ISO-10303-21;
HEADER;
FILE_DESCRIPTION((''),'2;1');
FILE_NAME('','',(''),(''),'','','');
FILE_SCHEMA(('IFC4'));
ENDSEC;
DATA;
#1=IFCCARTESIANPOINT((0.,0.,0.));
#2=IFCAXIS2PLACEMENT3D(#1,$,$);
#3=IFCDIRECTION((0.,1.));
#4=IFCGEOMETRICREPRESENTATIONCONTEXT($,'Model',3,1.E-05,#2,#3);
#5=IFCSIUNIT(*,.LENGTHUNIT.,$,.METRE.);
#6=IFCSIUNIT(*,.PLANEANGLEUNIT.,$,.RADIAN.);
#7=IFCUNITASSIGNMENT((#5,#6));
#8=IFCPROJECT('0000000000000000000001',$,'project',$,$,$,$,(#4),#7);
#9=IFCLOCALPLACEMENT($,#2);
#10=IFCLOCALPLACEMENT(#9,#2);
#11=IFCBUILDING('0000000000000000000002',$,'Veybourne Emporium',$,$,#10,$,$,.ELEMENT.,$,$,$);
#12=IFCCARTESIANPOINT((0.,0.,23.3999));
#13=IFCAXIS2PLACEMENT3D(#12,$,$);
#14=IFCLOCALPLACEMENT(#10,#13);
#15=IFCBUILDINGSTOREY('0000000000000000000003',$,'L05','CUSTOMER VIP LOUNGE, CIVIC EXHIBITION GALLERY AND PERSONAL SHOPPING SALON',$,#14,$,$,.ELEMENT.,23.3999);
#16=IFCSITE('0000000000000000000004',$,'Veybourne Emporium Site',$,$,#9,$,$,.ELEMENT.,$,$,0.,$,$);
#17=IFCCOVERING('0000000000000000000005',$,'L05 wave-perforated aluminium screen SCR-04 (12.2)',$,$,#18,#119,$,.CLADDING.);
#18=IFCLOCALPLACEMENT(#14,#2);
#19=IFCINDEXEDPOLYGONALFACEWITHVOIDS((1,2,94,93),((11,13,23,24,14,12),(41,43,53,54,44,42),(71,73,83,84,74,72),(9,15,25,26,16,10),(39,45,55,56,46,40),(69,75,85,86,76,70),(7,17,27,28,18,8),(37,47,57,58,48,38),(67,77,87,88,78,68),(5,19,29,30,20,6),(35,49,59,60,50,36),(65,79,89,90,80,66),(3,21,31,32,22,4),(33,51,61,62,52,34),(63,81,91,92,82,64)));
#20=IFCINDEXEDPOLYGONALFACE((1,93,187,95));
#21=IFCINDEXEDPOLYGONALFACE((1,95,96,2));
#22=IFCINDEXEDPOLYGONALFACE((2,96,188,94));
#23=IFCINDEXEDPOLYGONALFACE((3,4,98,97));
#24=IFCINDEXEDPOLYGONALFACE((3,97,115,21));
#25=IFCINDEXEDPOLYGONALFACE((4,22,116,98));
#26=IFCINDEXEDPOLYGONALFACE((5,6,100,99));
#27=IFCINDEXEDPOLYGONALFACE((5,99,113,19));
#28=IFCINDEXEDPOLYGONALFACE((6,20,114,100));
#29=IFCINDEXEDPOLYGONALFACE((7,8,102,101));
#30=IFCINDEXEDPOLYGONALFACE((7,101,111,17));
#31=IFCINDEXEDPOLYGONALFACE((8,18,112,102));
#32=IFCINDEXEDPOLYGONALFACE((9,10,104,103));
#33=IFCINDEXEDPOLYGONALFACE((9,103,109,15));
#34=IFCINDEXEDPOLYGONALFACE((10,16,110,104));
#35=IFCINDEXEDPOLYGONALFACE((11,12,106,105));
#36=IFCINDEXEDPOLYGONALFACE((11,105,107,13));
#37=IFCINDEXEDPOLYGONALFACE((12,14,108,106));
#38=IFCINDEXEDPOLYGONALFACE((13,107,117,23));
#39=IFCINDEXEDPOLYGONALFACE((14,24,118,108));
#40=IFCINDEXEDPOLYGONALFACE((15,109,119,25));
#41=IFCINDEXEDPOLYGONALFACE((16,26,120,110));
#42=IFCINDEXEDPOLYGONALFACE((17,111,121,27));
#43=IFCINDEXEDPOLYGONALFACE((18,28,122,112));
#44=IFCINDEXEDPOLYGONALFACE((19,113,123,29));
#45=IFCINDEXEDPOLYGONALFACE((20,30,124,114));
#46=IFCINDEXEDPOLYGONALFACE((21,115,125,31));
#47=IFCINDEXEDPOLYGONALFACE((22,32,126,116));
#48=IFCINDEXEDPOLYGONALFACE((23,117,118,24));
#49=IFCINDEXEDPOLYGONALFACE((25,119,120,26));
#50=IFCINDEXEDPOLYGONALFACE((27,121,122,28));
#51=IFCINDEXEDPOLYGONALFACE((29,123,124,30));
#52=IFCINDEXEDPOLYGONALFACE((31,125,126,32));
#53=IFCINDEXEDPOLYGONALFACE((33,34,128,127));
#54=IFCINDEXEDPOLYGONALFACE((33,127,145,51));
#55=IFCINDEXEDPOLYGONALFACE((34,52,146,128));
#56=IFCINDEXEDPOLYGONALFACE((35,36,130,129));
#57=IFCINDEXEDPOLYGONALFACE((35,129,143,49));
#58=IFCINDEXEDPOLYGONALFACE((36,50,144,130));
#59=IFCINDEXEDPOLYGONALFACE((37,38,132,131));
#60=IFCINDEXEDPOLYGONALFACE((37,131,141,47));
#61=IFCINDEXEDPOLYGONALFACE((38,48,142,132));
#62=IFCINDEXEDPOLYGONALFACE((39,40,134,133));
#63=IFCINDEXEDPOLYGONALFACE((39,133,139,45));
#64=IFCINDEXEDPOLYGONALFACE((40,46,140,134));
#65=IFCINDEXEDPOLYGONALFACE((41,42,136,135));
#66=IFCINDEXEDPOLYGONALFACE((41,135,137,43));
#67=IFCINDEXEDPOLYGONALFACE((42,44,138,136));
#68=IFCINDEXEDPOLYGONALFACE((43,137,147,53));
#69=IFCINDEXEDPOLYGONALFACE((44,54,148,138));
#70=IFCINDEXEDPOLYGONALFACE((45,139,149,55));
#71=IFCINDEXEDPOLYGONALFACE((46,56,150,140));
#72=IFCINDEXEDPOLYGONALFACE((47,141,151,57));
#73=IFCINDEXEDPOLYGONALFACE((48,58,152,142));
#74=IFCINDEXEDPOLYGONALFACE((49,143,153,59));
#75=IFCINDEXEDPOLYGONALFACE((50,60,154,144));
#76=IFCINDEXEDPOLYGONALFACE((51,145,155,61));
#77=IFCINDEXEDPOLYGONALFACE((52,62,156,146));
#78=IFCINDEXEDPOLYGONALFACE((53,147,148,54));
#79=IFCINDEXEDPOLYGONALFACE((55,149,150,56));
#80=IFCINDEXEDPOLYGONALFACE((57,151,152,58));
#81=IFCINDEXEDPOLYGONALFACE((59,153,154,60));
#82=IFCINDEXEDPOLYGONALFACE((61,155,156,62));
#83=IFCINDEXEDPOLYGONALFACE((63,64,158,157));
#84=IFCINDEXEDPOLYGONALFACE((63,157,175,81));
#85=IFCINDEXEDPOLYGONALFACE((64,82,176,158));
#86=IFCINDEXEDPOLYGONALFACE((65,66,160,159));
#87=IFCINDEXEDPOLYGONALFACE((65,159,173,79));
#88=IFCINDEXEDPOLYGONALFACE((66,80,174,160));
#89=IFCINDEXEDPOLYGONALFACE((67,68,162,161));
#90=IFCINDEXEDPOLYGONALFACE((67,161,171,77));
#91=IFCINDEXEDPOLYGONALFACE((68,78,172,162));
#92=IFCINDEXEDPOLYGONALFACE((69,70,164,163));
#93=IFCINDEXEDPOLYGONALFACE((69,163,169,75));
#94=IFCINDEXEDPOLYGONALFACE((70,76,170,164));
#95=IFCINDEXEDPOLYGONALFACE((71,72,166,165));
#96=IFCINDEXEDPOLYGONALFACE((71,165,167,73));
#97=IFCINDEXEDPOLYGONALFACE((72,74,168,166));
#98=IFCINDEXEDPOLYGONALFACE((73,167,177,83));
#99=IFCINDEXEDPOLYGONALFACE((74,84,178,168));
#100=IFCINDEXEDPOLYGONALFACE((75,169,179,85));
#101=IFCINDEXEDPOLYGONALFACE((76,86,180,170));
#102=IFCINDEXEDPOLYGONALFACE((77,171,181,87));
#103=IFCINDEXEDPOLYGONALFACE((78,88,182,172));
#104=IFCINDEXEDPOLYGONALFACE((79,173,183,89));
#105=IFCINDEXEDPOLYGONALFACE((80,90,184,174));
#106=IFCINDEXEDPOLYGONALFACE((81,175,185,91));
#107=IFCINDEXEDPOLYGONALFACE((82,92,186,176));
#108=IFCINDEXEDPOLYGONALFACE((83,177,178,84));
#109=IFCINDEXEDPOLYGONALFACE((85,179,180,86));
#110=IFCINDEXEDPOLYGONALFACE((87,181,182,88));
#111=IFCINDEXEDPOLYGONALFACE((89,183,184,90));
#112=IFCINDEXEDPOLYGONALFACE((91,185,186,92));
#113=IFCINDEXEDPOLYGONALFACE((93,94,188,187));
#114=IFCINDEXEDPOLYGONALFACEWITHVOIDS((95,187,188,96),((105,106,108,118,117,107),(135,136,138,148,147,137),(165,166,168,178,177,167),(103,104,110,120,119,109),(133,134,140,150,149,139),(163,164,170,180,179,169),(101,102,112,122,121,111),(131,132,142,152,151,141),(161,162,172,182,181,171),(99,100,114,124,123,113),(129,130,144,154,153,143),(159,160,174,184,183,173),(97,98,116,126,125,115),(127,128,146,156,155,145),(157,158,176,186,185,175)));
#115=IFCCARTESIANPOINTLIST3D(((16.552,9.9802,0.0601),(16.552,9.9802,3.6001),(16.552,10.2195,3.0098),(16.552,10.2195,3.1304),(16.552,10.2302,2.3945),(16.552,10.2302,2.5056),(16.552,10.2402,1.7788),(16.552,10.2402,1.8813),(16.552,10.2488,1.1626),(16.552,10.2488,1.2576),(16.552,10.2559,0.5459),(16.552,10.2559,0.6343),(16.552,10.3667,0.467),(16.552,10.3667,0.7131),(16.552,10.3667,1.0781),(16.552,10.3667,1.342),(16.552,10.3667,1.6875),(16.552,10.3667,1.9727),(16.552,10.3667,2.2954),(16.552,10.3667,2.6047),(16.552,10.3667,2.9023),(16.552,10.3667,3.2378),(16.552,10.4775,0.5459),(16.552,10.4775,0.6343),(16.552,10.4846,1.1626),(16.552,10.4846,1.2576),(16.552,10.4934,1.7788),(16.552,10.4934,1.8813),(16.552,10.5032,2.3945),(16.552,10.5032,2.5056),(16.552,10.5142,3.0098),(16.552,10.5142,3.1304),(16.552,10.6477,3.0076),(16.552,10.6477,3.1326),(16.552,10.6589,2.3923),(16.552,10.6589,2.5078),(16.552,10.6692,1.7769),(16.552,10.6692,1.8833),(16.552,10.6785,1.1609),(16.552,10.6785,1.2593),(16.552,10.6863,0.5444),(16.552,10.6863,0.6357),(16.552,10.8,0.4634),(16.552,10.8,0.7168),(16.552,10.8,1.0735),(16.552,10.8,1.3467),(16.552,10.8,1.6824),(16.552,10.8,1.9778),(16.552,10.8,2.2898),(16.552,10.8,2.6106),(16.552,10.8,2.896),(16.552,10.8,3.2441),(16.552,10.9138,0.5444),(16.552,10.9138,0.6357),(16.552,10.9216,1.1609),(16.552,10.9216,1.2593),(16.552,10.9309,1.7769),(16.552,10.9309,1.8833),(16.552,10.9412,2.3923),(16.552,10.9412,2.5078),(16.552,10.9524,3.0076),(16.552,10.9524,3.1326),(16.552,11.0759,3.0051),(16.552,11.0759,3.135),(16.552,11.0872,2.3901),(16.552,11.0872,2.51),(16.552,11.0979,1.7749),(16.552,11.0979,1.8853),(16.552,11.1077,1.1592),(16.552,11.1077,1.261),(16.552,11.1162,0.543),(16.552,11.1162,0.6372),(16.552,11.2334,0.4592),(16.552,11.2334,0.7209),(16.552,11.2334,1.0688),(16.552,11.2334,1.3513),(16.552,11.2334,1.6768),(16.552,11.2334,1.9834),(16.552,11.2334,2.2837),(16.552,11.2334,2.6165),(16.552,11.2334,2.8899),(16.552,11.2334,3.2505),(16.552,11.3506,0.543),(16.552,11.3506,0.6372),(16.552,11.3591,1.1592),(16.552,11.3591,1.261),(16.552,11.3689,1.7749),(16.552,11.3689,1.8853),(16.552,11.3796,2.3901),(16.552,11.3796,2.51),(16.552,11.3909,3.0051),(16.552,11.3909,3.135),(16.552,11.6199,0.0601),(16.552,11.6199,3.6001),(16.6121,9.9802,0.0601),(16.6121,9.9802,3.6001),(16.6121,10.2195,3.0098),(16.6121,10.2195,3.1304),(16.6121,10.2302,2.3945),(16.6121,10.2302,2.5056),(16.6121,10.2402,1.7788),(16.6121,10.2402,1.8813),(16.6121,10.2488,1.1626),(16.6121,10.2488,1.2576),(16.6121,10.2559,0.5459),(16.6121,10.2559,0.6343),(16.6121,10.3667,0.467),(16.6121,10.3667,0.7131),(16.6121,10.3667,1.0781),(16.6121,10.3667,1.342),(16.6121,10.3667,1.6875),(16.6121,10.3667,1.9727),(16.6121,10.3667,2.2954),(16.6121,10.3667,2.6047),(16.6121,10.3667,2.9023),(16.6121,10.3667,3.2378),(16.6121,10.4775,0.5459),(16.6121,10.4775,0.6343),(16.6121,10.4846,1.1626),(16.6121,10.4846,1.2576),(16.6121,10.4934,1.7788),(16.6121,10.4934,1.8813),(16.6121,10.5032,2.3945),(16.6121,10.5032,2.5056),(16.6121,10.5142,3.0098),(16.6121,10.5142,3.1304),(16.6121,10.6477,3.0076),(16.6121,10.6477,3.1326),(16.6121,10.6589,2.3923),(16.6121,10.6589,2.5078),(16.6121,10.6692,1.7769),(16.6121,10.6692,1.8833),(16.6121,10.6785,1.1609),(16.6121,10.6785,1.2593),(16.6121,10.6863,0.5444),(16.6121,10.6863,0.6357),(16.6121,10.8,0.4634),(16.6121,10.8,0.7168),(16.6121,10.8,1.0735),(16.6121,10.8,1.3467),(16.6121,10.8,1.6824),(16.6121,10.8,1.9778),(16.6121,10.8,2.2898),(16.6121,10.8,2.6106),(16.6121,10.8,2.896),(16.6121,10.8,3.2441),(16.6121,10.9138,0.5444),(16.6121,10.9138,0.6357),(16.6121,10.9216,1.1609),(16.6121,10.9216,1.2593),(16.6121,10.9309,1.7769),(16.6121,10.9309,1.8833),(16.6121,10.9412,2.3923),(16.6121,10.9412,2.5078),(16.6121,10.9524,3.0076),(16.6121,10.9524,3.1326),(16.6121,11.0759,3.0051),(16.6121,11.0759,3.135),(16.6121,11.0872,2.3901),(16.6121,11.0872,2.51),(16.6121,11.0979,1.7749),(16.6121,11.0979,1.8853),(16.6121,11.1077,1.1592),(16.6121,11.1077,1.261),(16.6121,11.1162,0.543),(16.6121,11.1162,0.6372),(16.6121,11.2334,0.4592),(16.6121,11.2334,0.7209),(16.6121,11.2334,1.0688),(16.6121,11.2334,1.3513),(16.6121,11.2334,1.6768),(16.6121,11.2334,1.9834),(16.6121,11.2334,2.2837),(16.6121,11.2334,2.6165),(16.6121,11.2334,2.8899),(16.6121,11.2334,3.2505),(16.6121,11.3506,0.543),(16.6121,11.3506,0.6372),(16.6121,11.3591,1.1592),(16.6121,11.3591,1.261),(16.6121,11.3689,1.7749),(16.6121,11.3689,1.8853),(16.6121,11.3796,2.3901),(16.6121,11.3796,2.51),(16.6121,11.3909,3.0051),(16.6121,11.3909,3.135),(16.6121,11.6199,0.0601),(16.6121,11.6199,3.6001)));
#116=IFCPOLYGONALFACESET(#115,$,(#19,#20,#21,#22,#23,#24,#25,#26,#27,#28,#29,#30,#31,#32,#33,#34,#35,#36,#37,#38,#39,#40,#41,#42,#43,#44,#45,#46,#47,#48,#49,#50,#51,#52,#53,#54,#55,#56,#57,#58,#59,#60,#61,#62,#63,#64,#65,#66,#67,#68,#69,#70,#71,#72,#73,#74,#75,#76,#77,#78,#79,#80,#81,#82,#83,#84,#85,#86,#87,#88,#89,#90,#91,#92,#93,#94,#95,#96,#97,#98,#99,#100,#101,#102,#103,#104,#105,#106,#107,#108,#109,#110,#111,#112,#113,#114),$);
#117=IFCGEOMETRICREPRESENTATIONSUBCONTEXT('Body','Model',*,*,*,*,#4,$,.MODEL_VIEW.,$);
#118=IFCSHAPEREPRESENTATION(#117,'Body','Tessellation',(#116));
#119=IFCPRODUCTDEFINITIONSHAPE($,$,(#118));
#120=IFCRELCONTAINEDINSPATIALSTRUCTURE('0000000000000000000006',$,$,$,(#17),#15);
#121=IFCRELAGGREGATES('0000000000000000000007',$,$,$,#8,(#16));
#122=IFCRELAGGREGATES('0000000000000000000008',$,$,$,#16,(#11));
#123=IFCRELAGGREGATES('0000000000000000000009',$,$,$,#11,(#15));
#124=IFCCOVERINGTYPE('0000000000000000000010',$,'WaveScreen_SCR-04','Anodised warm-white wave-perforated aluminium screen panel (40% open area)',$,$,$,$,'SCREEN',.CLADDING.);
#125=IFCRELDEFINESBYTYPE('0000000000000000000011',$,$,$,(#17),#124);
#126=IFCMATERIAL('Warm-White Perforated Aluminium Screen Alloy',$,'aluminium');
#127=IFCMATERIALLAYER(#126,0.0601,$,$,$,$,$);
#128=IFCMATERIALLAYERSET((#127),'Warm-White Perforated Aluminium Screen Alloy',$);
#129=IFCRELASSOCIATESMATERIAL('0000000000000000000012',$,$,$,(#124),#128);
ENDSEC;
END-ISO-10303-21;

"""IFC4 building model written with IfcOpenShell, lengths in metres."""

from ifc_helpers import new_model, si_unit, direction, frame, origin, place, context, subcontext, project, spatial, polyline, outline, extrude, material, layer, layer_set, type_object, element, save


model = new_model("IFC4")

# Units and contexts
model_context = context("Model", 3, precision=1e-05, world=origin(), true_north=direction((0.0, 1.0)))
body_context = subcontext(model_context, "Body", "Model", "MODEL_VIEW")
ifc_project = project(units=[si_unit("LENGTHUNIT", "METRE"), si_unit("PLANEANGLEUNIT", "RADIAN")], contexts=[model_context])

# Site, building, storey
site_placement = place(None, origin())
site = spatial("IfcSite", under=ifc_project, at=site_placement, Name="Veybourne Emporium Site", CompositionType="ELEMENT", RefElevation=0.0)
building_placement = place(site_placement, origin())
building = spatial("IfcBuilding", under=site, at=building_placement, Name="Veybourne Emporium", CompositionType="ELEMENT")
storey_placement = place(building_placement, frame((0.0, 0.0, 23.3999)))
storey = spatial("IfcBuildingStorey", under=building, at=storey_placement, Name="L05", Description="CUSTOMER VIP LOUNGE, CIVIC EXHIBITION GALLERY AND PERSONAL SHOPPING SALON", CompositionType="ELEMENT", Elevation=23.3999)

# Covering
ifc_material_1 = material(Name="Warm-White Perforated Aluminium Screen Alloy", Category="aluminium")
ifc_layer_1 = layer(ifc_material_1, 0.0601)
ifc_layer_set_1 = layer_set([ifc_layer_1], Name="Warm-White Perforated Aluminium Screen Alloy")
covering_type_1 = type_object("IfcCoveringType", Name="WaveScreen_SCR-04", Description="Anodised warm-white wave-perforated aluminium screen panel (40% open area)", ElementType="SCREEN", PredefinedType="CLADDING", material=ifc_layer_set_1)
covering_1_placement = place(storey_placement, frame((16.552, 10.8, 1.8301), z_axis=(1.0, 0.0, 0.0), x_axis=(0.0, 1.0, 0.0)))
element("IfcCovering", 1, at=covering_1_placement, inside=storey, type_object=covering_type_1, Name="L05 wave-perforated aluminium screen SCR-04 (12.2)", PredefinedType="CLADDING", context=body_context, shape_type="SweptSolid", body=[
    extrude(outline(polyline([(-0.8198, -1.77), (0.8198, -1.77), (0.8198, 1.77), (-0.8198, 1.77), (-0.8198, -1.77)]), holes=[polyline([(-0.4333, -1.1169), (-0.3225, -1.1958), (-0.3225, -1.2842), (-0.4333, -1.363), (-0.5442, -1.2842), (-0.5442, -1.1958), (-0.4333, -1.1169)]), polyline([(-0.4333, -0.488), (-0.3154, -0.5725), (-0.3154, -0.6675), (-0.4333, -0.752), (-0.5513, -0.6675), (-0.5513, -0.5725), (-0.4333, -0.488)]), polyline([(-0.4333, 0.1426), (-0.3066, 0.0513), (-0.3066, -0.0513), (-0.4333, -0.1426), (-0.5598, -0.0513), (-0.5598, 0.0513), (-0.4333, 0.1426)]), polyline([(-0.4333, 0.7747), (-0.2969, 0.6755), (-0.2969, 0.5645), (-0.4333, 0.4653), (-0.5698, 0.5645), (-0.5698, 0.6755), (-0.4333, 0.7747)]), polyline([(-0.4333, 1.4077), (-0.2859, 1.3003), (-0.2859, 1.1797), (-0.4333, 1.0723), (-0.5806, 1.1797), (-0.5806, 1.3003), (-0.4333, 1.4077)]), polyline([(0.0, -1.1133), (0.1138, -1.1943), (0.1138, -1.2856), (0.0, -1.3667), (-0.1138, -1.2856), (-0.1138, -1.1943), (0.0, -1.1133)]), polyline([(0.0, -0.4834), (0.1216, -0.5708), (0.1216, -0.6692), (0.0, -0.7566), (-0.1216, -0.6692), (-0.1216, -0.5708), (0.0, -0.4834)]), polyline([(0.0, 0.1477), (0.1309, 0.0532), (0.1309, -0.0532), (0.0, -0.1477), (-0.1309, -0.0532), (-0.1309, 0.0532), (0.0, 0.1477)]), polyline([(0.0, 0.7805), (0.1411, 0.6777), (0.1411, 0.5623), (0.0, 0.4597), (-0.1411, 0.5623), (-0.1411, 0.6777), (0.0, 0.7805)]), polyline([(0.0, 1.4141), (0.1523, 1.3025), (0.1523, 1.1775), (0.0, 1.0659), (-0.1523, 1.1775), (-0.1523, 1.3025), (0.0, 1.4141)]), polyline([(0.4333, -1.1091), (0.5505, -1.1929), (0.5505, -1.2871), (0.4333, -1.3708), (0.3162, -1.2871), (0.3162, -1.1929), (0.4333, -1.1091)]), polyline([(0.4333, -0.4788), (0.5591, -0.5691), (0.5591, -0.6709), (0.4333, -0.7612), (0.3076, -0.6709), (0.3076, -0.5691), (0.4333, -0.4788)]), polyline([(0.4333, 0.1533), (0.5688, 0.0552), (0.5688, -0.0552), (0.4333, -0.1533), (0.2979, -0.0552), (0.2979, 0.0552), (0.4333, 0.1533)]), polyline([(0.4333, 0.7864), (0.5796, 0.6799), (0.5796, 0.5601), (0.4333, 0.4536), (0.2871, 0.5601), (0.2871, 0.6799), (0.4333, 0.7864)]), polyline([(0.4333, 1.4204), (0.5908, 1.3049), (0.5908, 1.175), (0.4333, 1.0598), (0.2759, 1.175), (0.2759, 1.3049), (0.4333, 1.4204)])]), origin(), (0.0, 0.0, 1.0), 0.0601),
])

save(model, "model.ifc")
